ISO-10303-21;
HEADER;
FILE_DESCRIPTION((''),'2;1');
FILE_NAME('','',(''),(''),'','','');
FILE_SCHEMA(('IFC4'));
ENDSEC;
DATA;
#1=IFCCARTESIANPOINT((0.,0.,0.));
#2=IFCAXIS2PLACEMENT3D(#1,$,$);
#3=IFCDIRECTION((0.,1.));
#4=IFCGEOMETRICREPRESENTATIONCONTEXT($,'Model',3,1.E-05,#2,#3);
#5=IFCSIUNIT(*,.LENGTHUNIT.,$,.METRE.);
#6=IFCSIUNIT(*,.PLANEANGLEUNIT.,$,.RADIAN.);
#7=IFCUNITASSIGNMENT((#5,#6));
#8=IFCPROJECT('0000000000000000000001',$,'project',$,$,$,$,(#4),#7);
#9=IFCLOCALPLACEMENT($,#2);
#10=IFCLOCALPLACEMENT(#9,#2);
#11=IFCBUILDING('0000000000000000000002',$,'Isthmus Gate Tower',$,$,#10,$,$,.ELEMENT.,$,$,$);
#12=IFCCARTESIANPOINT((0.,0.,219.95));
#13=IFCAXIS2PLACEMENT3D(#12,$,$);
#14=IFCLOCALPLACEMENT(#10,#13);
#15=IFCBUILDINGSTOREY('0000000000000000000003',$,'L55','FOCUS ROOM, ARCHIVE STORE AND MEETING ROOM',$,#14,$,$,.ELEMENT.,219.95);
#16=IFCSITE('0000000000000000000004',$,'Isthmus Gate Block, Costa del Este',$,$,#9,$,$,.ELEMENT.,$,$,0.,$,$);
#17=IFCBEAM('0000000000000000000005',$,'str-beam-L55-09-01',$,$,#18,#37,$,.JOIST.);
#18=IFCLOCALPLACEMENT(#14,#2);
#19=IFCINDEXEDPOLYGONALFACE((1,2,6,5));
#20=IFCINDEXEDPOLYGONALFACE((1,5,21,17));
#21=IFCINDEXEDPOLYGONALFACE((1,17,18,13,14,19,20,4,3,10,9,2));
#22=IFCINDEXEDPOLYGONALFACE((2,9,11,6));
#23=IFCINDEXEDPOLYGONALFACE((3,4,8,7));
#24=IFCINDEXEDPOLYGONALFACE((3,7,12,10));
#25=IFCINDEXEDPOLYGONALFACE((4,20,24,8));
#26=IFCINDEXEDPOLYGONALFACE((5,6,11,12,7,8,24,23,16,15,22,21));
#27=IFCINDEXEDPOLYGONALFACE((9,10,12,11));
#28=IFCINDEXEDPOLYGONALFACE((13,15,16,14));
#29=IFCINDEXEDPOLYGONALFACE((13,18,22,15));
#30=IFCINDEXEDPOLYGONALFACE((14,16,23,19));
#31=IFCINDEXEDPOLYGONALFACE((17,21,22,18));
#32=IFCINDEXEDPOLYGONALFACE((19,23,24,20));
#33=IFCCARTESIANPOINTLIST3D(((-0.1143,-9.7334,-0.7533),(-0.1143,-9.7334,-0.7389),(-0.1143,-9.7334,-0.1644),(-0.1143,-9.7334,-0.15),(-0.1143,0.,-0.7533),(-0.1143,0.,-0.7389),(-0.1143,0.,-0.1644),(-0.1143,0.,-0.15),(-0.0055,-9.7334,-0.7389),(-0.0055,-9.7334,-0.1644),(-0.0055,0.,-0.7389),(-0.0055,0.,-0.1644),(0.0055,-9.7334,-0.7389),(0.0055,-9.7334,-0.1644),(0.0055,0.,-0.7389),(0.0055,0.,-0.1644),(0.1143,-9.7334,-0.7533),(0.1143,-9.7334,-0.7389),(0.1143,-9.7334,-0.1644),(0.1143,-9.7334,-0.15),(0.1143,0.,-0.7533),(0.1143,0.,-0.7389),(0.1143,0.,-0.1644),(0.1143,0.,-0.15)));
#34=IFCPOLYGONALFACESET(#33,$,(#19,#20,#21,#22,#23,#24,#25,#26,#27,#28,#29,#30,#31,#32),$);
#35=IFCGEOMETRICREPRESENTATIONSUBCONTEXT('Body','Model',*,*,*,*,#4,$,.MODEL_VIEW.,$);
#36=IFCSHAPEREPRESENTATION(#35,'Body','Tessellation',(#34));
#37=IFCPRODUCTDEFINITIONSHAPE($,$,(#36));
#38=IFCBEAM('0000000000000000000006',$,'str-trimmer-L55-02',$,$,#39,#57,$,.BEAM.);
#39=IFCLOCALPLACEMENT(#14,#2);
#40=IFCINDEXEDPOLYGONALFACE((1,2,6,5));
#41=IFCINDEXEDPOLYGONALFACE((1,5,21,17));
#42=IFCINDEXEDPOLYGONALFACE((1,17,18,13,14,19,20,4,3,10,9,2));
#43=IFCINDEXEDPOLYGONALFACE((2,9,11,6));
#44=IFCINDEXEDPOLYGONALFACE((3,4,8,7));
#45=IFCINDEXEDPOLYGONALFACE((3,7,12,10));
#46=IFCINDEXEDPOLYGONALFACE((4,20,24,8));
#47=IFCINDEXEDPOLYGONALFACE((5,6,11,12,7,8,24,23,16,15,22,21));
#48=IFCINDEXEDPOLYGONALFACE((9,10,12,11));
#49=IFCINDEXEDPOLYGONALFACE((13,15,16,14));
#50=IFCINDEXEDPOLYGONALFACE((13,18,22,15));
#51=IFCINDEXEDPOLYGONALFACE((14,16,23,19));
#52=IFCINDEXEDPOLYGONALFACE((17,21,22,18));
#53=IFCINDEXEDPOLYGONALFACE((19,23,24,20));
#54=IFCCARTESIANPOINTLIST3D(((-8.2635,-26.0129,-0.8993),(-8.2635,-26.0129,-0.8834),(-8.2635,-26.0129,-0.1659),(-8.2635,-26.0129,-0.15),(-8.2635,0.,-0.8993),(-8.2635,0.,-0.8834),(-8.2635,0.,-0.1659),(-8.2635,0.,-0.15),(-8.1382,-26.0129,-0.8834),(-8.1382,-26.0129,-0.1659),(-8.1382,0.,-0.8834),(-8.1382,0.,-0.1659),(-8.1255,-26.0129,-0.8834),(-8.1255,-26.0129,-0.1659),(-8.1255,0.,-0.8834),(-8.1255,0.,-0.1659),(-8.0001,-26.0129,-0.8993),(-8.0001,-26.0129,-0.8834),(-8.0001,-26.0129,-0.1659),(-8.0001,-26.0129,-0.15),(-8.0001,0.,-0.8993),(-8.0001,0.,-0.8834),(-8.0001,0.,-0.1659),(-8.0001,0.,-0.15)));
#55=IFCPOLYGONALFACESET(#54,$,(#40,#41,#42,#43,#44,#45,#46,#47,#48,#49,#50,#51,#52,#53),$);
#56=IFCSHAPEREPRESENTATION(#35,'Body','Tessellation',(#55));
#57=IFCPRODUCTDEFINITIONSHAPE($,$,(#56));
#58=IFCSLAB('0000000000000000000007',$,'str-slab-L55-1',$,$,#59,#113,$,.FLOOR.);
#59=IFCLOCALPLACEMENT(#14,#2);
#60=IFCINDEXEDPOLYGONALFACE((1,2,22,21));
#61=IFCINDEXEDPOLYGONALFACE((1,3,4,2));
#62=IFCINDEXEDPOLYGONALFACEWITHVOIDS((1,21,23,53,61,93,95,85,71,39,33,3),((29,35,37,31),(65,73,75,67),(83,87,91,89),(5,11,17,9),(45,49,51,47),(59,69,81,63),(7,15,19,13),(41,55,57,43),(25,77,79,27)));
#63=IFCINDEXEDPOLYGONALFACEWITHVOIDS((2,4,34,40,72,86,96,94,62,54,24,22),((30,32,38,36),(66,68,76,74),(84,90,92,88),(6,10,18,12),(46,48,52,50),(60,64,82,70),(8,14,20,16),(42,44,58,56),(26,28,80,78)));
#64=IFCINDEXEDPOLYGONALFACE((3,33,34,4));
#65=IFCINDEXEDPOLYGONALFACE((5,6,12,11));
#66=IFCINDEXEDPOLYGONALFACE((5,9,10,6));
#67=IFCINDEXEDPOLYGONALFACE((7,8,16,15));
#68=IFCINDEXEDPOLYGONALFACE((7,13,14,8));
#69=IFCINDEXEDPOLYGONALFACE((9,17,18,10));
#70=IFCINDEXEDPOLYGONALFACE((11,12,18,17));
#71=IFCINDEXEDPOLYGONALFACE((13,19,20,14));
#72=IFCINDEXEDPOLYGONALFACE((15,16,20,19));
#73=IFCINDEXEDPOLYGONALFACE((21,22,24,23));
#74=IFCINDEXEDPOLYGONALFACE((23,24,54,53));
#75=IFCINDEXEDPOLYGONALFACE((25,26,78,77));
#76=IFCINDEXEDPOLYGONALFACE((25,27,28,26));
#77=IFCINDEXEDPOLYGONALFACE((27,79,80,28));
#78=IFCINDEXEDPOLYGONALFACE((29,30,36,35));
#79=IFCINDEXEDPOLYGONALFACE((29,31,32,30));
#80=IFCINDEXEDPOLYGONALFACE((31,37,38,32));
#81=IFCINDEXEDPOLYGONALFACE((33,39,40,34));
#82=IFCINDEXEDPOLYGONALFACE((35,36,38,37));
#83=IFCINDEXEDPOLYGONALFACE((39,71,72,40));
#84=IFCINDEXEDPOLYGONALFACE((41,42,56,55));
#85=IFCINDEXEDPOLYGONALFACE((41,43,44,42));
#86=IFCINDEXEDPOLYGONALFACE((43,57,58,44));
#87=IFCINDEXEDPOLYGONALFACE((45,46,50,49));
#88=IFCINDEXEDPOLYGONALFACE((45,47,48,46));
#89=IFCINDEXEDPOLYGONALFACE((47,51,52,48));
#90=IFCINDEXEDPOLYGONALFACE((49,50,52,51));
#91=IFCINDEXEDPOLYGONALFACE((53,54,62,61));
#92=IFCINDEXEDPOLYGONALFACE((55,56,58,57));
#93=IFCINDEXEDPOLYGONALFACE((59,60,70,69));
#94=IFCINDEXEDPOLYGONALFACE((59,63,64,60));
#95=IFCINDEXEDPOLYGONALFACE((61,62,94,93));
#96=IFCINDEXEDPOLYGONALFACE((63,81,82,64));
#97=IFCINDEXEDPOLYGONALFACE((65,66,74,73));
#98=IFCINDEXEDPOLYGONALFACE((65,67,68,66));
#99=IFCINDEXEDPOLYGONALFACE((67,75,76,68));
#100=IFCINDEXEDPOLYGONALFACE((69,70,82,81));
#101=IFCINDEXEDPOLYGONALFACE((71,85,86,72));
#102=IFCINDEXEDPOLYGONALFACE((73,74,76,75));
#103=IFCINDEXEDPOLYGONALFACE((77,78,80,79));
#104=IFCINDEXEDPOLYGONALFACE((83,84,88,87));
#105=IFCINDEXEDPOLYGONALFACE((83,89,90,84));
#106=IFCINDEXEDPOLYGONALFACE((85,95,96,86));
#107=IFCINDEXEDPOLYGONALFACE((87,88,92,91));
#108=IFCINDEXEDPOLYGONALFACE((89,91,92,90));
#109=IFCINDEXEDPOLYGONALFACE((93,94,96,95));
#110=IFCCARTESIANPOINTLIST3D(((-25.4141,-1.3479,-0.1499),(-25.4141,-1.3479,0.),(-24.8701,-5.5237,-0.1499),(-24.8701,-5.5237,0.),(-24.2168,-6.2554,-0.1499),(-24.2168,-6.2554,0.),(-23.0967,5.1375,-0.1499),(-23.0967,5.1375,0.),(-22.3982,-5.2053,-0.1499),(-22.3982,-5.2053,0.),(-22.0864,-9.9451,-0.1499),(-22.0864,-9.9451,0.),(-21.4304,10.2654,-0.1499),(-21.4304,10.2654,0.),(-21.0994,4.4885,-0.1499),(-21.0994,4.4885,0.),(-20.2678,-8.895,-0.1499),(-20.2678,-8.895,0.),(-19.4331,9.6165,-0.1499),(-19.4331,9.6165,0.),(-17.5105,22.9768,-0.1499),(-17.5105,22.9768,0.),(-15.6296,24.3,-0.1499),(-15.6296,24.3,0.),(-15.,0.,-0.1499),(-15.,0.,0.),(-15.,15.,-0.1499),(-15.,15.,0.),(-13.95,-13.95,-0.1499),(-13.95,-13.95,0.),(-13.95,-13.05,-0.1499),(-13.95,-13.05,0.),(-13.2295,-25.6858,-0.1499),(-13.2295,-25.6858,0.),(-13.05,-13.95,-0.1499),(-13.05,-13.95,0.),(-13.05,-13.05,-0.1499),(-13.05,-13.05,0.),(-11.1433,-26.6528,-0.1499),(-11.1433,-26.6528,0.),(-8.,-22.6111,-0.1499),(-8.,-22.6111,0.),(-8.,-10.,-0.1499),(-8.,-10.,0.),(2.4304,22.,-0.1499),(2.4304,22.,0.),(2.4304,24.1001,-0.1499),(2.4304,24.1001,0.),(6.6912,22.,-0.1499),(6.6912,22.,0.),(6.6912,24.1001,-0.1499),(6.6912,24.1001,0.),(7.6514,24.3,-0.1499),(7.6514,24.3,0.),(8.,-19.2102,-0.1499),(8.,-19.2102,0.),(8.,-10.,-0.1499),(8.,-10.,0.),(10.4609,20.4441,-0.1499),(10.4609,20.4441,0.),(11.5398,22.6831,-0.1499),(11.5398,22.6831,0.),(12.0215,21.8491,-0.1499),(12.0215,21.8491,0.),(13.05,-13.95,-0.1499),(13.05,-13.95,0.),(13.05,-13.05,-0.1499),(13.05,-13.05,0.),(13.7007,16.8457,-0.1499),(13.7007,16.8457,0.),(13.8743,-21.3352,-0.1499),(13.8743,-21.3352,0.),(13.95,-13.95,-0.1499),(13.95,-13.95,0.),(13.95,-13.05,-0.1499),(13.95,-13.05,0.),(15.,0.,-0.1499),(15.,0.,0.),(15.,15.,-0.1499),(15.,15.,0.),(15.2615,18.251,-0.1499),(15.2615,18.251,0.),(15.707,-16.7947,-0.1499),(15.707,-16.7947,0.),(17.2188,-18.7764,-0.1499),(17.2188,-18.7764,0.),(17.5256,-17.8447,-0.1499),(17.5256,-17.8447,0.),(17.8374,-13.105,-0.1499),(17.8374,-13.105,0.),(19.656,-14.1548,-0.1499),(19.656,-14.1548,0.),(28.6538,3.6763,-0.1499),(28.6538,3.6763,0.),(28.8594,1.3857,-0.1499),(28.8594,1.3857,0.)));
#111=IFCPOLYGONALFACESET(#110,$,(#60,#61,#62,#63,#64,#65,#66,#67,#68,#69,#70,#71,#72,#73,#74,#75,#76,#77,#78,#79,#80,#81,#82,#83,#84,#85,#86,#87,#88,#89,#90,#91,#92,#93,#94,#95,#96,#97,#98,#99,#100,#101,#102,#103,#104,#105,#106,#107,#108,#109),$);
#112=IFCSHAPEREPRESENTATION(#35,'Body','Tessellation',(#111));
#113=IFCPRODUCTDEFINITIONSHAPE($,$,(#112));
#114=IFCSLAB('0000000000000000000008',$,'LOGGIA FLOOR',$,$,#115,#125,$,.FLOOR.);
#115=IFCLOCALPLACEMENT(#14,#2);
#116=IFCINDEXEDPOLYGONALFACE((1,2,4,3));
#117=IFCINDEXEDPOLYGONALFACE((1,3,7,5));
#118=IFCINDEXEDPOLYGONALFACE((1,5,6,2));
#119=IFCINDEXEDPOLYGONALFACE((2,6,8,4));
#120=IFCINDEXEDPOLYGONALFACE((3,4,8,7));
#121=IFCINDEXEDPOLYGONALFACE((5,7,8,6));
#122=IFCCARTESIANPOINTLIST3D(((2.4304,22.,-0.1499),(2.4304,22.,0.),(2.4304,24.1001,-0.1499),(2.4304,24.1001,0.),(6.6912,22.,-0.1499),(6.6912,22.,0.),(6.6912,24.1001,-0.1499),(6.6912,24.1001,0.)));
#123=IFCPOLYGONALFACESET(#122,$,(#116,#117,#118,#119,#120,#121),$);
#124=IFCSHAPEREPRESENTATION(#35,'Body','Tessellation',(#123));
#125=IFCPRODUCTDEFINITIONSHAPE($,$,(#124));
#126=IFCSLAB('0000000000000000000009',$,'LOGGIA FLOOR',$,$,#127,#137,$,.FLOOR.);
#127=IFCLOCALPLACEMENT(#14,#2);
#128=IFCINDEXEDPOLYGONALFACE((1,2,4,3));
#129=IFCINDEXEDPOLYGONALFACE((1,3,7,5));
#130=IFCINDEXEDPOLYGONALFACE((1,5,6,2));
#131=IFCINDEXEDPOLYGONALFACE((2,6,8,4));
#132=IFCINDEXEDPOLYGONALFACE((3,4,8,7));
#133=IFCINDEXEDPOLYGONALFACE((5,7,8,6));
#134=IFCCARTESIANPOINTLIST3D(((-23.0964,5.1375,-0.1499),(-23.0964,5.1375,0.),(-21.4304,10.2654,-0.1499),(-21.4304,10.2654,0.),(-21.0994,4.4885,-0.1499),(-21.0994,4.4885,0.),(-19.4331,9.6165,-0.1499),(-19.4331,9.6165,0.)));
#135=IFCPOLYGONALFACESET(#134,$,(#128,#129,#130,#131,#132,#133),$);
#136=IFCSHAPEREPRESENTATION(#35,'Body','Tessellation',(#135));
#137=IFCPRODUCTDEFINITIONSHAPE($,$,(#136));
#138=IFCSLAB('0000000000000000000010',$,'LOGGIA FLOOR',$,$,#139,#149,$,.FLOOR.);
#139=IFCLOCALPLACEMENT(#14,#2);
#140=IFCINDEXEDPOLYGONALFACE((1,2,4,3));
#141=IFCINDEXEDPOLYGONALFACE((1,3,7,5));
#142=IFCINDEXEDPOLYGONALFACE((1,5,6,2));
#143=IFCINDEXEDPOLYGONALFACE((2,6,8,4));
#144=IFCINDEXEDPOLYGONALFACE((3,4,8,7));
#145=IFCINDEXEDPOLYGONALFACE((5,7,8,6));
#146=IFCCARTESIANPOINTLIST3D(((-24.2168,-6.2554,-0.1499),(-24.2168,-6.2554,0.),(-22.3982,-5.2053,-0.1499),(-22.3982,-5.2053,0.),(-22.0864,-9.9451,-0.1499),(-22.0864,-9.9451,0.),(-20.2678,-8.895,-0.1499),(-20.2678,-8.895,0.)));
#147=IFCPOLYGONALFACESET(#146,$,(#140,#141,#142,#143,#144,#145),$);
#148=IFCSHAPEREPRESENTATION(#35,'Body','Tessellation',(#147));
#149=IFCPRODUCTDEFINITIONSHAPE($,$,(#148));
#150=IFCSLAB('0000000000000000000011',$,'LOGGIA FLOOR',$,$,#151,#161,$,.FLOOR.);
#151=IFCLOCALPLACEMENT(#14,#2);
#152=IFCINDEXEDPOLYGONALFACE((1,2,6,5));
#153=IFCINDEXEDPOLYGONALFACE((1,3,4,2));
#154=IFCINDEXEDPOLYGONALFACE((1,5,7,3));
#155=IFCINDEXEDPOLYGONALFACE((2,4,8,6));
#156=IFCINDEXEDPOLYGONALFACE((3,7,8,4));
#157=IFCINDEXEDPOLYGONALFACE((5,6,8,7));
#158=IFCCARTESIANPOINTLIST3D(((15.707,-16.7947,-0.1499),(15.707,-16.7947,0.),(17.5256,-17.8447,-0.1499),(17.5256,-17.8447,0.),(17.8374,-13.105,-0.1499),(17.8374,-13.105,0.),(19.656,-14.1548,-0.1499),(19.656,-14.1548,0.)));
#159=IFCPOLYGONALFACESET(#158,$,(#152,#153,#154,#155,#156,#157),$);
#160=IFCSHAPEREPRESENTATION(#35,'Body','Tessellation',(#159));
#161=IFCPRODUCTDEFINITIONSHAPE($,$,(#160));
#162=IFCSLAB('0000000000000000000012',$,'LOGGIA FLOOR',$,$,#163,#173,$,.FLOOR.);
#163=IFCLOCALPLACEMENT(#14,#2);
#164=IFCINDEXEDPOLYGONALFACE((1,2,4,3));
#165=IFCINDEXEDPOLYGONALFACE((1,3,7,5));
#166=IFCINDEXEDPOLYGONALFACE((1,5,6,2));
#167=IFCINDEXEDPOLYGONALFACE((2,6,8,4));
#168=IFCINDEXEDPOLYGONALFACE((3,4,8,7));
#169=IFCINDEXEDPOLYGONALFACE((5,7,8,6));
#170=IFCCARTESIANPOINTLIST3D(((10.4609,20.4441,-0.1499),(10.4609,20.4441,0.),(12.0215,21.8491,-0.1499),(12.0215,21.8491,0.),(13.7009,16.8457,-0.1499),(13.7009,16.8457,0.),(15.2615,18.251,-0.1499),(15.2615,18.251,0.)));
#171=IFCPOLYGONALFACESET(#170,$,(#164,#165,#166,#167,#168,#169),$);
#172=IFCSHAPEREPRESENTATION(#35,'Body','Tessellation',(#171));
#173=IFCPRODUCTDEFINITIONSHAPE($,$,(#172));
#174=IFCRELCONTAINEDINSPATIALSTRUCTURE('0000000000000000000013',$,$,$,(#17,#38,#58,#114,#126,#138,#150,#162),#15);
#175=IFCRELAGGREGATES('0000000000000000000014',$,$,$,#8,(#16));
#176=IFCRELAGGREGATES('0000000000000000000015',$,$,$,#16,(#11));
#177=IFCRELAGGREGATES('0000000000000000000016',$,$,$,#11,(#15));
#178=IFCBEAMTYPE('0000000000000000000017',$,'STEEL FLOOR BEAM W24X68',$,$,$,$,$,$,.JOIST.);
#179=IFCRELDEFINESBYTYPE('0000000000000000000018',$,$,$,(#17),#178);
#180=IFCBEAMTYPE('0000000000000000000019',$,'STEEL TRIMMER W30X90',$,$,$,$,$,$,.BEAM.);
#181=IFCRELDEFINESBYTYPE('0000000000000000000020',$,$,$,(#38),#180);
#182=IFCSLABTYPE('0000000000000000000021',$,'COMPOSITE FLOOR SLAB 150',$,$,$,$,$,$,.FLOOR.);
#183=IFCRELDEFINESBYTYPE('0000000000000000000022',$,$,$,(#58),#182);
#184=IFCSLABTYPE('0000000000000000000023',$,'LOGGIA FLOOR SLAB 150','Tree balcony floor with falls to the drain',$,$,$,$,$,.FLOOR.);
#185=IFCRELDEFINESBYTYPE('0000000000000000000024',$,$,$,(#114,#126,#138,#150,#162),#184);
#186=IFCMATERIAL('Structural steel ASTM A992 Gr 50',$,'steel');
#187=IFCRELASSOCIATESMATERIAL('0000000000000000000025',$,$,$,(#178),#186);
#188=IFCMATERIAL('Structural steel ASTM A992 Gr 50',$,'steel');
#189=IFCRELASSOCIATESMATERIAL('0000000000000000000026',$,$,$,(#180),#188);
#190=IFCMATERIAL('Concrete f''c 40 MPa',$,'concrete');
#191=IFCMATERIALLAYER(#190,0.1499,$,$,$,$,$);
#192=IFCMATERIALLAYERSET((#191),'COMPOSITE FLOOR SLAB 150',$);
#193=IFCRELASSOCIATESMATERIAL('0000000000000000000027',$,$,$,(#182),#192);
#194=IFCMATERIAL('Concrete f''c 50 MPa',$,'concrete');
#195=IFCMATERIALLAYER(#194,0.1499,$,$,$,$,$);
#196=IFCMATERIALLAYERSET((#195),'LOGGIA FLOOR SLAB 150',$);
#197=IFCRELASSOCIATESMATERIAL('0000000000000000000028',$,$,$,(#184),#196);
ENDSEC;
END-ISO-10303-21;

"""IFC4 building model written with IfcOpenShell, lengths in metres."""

from ifc_helpers import new_model, si_unit, direction, frame, origin, origin_2d, place, context, subcontext, project, spatial, polyline, i_section, outline, extrude, material, layer, layer_set, material_profile, profile_set, type_object, element, save


model = new_model("IFC4")

# Units and contexts
model_context = context("Model", 3, precision=1e-05, world=origin(), true_north=direction((0.0, 1.0)))
body_context = subcontext(model_context, "Body", "Model", "MODEL_VIEW")
ifc_project = project(units=[si_unit("LENGTHUNIT", "METRE"), si_unit("PLANEANGLEUNIT", "RADIAN")], contexts=[model_context])

# Site, building, storey
site_placement = place(None, origin())
site = spatial("IfcSite", under=ifc_project, at=site_placement, Name="Isthmus Gate Block, Costa del Este", CompositionType="ELEMENT", RefElevation=0.0)
building_placement = place(site_placement, origin())
building = spatial("IfcBuilding", under=site, at=building_placement, Name="Isthmus Gate Tower", CompositionType="ELEMENT")
storey_placement = place(building_placement, frame((0.0, 0.0, 219.95)))
storey = spatial("IfcBuildingStorey", under=building, at=storey_placement, Name="L55", Description="FOCUS ROOM, ARCHIVE STORE AND MEETING ROOM", CompositionType="ELEMENT", Elevation=219.95)

# Beams
ifc_material_1 = material(Name="Structural steel ASTM A992 Gr 50", Category="steel")
ifc_material_profile_1 = material_profile(ifc_material_1, i_section(OverallWidth=0.2285, OverallDepth=0.6033, WebThickness=0.011, FlangeThickness=0.0144, at=origin_2d()), Name="W24X68")
ifc_profile_set_1 = profile_set([ifc_material_profile_1], Name="Structural steel ASTM A992 Gr 50")
beam_type_1 = type_object("IfcBeamType", Name="STEEL FLOOR BEAM W24X68", PredefinedType="JOIST", material=ifc_profile_set_1)
beam_1_placement = place(storey_placement, frame((0.0, -9.7334, -0.4517), z_axis=(0.0, 1.0, 0.0), x_axis=(-1.0, 0.0, 0.0)))
element("IfcBeam", 1, at=beam_1_placement, inside=storey, type_object=beam_type_1, Name="str-beam-L55-09-01", PredefinedType="JOIST", context=body_context, shape_type="SweptSolid", body=[
    extrude(i_section(OverallWidth=0.2285, OverallDepth=0.6033, WebThickness=0.011, FlangeThickness=0.0144, at=origin_2d()), origin(), (0.0, 0.0, 1.0), 9.7334),
])
ifc_material_2 = material(Name="Structural steel ASTM A992 Gr 50", Category="steel")
ifc_material_profile_2 = material_profile(ifc_material_2, i_section(OverallWidth=0.2634, OverallDepth=0.7493, WebThickness=0.0127, FlangeThickness=0.0159, at=origin_2d()), Name="W30X90")
ifc_profile_set_2 = profile_set([ifc_material_profile_2], Name="Structural steel ASTM A992 Gr 50")
beam_type_2 = type_object("IfcBeamType", Name="STEEL TRIMMER W30X90", PredefinedType="BEAM", material=ifc_profile_set_2)
beam_2_placement = place(storey_placement, frame((-8.1318, 0.0, -0.5247), z_axis=(0.0, -1.0, 0.0), x_axis=(1.0, 0.0, 0.0)))
element("IfcBeam", 2, at=beam_2_placement, inside=storey, type_object=beam_type_2, Name="str-trimmer-L55-02", PredefinedType="BEAM", context=body_context, shape_type="SweptSolid", body=[
    extrude(i_section(OverallWidth=0.2634, OverallDepth=0.7493, WebThickness=0.0127, FlangeThickness=0.0159, at=origin_2d()), origin(), (0.0, 0.0, 1.0), 26.0129),
])

# Slabs
ifc_material_3 = material(Name="Concrete f'c 40 MPa", Category="concrete")
ifc_layer_1 = layer(ifc_material_3, 0.1499)
ifc_layer_set_1 = layer_set([ifc_layer_1], Name="COMPOSITE FLOOR SLAB 150")
slab_type_1 = type_object("IfcSlabType", Name="COMPOSITE FLOOR SLAB 150", PredefinedType="FLOOR", material=ifc_layer_set_1)
slab_1_placement = place(storey_placement, frame((0.0, 0.0, -0.1499)))
element("IfcSlab", 3, at=slab_1_placement, inside=storey, type_object=slab_type_1, Name="str-slab-L55-1", PredefinedType="FLOOR", context=body_context, shape_type="SweptSolid", body=[
    extrude(outline(polyline([(11.5398, 22.6831), (28.6538, 3.6763), (28.8594, 1.3857), (17.2188, -18.7764), (13.8743, -21.3352), (-11.1433, -26.6528), (-13.2295, -25.6858), (-24.8701, -5.5237), (-25.4141, -1.3479), (-17.5105, 22.9768), (-15.6296, 24.3), (7.6514, 24.3), (11.5398, 22.6831)]), holes=[polyline([(8.0, -10.0), (-8.0, -10.0), (-8.0, -22.6111), (8.0, -19.2102), (8.0, -10.0)]), polyline([(17.8374, -13.105), (15.707, -16.7947), (17.5256, -17.8447), (19.656, -14.1548), (17.8374, -13.105)]), polyline([(-13.05, -13.05), (-13.95, -13.05), (-13.95, -13.95), (-13.05, -13.95), (-13.05, -13.05)]), polyline([(13.95, -13.05), (13.05, -13.05), (13.05, -13.95), (13.95, -13.95), (13.95, -13.05)]), polyline([(-20.2678, -8.895), (-22.3982, -5.2053), (-24.2168, -6.2554), (-22.0864, -9.9451), (-20.2678, -8.895)]), polyline([(-21.0994, 4.4885), (-19.4331, 9.6165), (-21.4304, 10.2654), (-23.0967, 5.1375), (-21.0994, 4.4885)]), polyline([(-15.0, 15.0), (-15.0, 0.0), (15.0, 0.0), (15.0, 15.0), (-15.0, 15.0)]), polyline([(12.0215, 21.8491), (10.4609, 20.4441), (13.7007, 16.8457), (15.2615, 18.251), (12.0215, 21.8491)]), polyline([(2.4304, 24.1001), (2.4304, 22.0), (6.6912, 22.0), (6.6912, 24.1001), (2.4304, 24.1001)])]), origin(), (0.0, 0.0, 1.0), 0.1499),
])
ifc_material_4 = material(Name="Concrete f'c 50 MPa", Category="concrete")
ifc_layer_2 = layer(ifc_material_4, 0.1499)
ifc_layer_set_2 = layer_set([ifc_layer_2], Name="LOGGIA FLOOR SLAB 150")
slab_type_2 = type_object("IfcSlabType", Name="LOGGIA FLOOR SLAB 150", Description="Tree balcony floor with falls to the drain", PredefinedType="FLOOR", material=ifc_layer_set_2)
slab_2_placement = place(storey_placement, frame((0.0, 0.0, -0.1499)))
element("IfcSlab", 4, at=slab_2_placement, inside=storey, type_object=slab_type_2, Name="LOGGIA FLOOR", PredefinedType="FLOOR", context=body_context, shape_type="SweptSolid", body=[
    extrude(outline(polyline([(6.6912, 24.1001), (2.4304, 24.1001), (2.4304, 22.0), (6.6912, 22.0), (6.6912, 24.1001)])), origin(), (0.0, 0.0, 1.0), 0.1499),
])
slab_3_placement = place(storey_placement, frame((0.0, 0.0, -0.1499)))
element("IfcSlab", 5, at=slab_3_placement, inside=storey, type_object=slab_type_2, Name="LOGGIA FLOOR", PredefinedType="FLOOR", context=body_context, shape_type="SweptSolid", body=[
    extrude(outline(polyline([(-21.4304, 10.2654), (-23.0964, 5.1375), (-21.0994, 4.4885), (-19.4331, 9.6165), (-21.4304, 10.2654)])), origin(), (0.0, 0.0, 1.0), 0.1499),
])
slab_4_placement = place(storey_placement, frame((0.0, 0.0, -0.1499)))
element("IfcSlab", 6, at=slab_4_placement, inside=storey, type_object=slab_type_2, Name="LOGGIA FLOOR", PredefinedType="FLOOR", context=body_context, shape_type="SweptSolid", body=[
    extrude(outline(polyline([(-24.2168, -6.2554), (-22.0864, -9.9451), (-20.2678, -8.895), (-22.3982, -5.2053), (-24.2168, -6.2554)])), origin(), (0.0, 0.0, 1.0), 0.1499),
])
slab_5_placement = place(storey_placement, frame((0.0, 0.0, -0.1499)))
element("IfcSlab", 7, at=slab_5_placement, inside=storey, type_object=slab_type_2, Name="LOGGIA FLOOR", PredefinedType="FLOOR", context=body_context, shape_type="SweptSolid", body=[
    extrude(outline(polyline([(17.5256, -17.8447), (19.656, -14.1548), (17.8374, -13.105), (15.707, -16.7947), (17.5256, -17.8447)])), origin(), (0.0, 0.0, 1.0), 0.1499),
])
slab_6_placement = place(storey_placement, frame((0.0, 0.0, -0.1499)))
element("IfcSlab", 8, at=slab_6_placement, inside=storey, type_object=slab_type_2, Name="LOGGIA FLOOR", PredefinedType="FLOOR", context=body_context, shape_type="SweptSolid", body=[
    extrude(outline(polyline([(15.2615, 18.251), (12.0215, 21.8491), (10.4609, 20.4441), (13.7009, 16.8457), (15.2615, 18.251)])), origin(), (0.0, 0.0, 1.0), 0.1499),
])

save(model, "model.ifc")
